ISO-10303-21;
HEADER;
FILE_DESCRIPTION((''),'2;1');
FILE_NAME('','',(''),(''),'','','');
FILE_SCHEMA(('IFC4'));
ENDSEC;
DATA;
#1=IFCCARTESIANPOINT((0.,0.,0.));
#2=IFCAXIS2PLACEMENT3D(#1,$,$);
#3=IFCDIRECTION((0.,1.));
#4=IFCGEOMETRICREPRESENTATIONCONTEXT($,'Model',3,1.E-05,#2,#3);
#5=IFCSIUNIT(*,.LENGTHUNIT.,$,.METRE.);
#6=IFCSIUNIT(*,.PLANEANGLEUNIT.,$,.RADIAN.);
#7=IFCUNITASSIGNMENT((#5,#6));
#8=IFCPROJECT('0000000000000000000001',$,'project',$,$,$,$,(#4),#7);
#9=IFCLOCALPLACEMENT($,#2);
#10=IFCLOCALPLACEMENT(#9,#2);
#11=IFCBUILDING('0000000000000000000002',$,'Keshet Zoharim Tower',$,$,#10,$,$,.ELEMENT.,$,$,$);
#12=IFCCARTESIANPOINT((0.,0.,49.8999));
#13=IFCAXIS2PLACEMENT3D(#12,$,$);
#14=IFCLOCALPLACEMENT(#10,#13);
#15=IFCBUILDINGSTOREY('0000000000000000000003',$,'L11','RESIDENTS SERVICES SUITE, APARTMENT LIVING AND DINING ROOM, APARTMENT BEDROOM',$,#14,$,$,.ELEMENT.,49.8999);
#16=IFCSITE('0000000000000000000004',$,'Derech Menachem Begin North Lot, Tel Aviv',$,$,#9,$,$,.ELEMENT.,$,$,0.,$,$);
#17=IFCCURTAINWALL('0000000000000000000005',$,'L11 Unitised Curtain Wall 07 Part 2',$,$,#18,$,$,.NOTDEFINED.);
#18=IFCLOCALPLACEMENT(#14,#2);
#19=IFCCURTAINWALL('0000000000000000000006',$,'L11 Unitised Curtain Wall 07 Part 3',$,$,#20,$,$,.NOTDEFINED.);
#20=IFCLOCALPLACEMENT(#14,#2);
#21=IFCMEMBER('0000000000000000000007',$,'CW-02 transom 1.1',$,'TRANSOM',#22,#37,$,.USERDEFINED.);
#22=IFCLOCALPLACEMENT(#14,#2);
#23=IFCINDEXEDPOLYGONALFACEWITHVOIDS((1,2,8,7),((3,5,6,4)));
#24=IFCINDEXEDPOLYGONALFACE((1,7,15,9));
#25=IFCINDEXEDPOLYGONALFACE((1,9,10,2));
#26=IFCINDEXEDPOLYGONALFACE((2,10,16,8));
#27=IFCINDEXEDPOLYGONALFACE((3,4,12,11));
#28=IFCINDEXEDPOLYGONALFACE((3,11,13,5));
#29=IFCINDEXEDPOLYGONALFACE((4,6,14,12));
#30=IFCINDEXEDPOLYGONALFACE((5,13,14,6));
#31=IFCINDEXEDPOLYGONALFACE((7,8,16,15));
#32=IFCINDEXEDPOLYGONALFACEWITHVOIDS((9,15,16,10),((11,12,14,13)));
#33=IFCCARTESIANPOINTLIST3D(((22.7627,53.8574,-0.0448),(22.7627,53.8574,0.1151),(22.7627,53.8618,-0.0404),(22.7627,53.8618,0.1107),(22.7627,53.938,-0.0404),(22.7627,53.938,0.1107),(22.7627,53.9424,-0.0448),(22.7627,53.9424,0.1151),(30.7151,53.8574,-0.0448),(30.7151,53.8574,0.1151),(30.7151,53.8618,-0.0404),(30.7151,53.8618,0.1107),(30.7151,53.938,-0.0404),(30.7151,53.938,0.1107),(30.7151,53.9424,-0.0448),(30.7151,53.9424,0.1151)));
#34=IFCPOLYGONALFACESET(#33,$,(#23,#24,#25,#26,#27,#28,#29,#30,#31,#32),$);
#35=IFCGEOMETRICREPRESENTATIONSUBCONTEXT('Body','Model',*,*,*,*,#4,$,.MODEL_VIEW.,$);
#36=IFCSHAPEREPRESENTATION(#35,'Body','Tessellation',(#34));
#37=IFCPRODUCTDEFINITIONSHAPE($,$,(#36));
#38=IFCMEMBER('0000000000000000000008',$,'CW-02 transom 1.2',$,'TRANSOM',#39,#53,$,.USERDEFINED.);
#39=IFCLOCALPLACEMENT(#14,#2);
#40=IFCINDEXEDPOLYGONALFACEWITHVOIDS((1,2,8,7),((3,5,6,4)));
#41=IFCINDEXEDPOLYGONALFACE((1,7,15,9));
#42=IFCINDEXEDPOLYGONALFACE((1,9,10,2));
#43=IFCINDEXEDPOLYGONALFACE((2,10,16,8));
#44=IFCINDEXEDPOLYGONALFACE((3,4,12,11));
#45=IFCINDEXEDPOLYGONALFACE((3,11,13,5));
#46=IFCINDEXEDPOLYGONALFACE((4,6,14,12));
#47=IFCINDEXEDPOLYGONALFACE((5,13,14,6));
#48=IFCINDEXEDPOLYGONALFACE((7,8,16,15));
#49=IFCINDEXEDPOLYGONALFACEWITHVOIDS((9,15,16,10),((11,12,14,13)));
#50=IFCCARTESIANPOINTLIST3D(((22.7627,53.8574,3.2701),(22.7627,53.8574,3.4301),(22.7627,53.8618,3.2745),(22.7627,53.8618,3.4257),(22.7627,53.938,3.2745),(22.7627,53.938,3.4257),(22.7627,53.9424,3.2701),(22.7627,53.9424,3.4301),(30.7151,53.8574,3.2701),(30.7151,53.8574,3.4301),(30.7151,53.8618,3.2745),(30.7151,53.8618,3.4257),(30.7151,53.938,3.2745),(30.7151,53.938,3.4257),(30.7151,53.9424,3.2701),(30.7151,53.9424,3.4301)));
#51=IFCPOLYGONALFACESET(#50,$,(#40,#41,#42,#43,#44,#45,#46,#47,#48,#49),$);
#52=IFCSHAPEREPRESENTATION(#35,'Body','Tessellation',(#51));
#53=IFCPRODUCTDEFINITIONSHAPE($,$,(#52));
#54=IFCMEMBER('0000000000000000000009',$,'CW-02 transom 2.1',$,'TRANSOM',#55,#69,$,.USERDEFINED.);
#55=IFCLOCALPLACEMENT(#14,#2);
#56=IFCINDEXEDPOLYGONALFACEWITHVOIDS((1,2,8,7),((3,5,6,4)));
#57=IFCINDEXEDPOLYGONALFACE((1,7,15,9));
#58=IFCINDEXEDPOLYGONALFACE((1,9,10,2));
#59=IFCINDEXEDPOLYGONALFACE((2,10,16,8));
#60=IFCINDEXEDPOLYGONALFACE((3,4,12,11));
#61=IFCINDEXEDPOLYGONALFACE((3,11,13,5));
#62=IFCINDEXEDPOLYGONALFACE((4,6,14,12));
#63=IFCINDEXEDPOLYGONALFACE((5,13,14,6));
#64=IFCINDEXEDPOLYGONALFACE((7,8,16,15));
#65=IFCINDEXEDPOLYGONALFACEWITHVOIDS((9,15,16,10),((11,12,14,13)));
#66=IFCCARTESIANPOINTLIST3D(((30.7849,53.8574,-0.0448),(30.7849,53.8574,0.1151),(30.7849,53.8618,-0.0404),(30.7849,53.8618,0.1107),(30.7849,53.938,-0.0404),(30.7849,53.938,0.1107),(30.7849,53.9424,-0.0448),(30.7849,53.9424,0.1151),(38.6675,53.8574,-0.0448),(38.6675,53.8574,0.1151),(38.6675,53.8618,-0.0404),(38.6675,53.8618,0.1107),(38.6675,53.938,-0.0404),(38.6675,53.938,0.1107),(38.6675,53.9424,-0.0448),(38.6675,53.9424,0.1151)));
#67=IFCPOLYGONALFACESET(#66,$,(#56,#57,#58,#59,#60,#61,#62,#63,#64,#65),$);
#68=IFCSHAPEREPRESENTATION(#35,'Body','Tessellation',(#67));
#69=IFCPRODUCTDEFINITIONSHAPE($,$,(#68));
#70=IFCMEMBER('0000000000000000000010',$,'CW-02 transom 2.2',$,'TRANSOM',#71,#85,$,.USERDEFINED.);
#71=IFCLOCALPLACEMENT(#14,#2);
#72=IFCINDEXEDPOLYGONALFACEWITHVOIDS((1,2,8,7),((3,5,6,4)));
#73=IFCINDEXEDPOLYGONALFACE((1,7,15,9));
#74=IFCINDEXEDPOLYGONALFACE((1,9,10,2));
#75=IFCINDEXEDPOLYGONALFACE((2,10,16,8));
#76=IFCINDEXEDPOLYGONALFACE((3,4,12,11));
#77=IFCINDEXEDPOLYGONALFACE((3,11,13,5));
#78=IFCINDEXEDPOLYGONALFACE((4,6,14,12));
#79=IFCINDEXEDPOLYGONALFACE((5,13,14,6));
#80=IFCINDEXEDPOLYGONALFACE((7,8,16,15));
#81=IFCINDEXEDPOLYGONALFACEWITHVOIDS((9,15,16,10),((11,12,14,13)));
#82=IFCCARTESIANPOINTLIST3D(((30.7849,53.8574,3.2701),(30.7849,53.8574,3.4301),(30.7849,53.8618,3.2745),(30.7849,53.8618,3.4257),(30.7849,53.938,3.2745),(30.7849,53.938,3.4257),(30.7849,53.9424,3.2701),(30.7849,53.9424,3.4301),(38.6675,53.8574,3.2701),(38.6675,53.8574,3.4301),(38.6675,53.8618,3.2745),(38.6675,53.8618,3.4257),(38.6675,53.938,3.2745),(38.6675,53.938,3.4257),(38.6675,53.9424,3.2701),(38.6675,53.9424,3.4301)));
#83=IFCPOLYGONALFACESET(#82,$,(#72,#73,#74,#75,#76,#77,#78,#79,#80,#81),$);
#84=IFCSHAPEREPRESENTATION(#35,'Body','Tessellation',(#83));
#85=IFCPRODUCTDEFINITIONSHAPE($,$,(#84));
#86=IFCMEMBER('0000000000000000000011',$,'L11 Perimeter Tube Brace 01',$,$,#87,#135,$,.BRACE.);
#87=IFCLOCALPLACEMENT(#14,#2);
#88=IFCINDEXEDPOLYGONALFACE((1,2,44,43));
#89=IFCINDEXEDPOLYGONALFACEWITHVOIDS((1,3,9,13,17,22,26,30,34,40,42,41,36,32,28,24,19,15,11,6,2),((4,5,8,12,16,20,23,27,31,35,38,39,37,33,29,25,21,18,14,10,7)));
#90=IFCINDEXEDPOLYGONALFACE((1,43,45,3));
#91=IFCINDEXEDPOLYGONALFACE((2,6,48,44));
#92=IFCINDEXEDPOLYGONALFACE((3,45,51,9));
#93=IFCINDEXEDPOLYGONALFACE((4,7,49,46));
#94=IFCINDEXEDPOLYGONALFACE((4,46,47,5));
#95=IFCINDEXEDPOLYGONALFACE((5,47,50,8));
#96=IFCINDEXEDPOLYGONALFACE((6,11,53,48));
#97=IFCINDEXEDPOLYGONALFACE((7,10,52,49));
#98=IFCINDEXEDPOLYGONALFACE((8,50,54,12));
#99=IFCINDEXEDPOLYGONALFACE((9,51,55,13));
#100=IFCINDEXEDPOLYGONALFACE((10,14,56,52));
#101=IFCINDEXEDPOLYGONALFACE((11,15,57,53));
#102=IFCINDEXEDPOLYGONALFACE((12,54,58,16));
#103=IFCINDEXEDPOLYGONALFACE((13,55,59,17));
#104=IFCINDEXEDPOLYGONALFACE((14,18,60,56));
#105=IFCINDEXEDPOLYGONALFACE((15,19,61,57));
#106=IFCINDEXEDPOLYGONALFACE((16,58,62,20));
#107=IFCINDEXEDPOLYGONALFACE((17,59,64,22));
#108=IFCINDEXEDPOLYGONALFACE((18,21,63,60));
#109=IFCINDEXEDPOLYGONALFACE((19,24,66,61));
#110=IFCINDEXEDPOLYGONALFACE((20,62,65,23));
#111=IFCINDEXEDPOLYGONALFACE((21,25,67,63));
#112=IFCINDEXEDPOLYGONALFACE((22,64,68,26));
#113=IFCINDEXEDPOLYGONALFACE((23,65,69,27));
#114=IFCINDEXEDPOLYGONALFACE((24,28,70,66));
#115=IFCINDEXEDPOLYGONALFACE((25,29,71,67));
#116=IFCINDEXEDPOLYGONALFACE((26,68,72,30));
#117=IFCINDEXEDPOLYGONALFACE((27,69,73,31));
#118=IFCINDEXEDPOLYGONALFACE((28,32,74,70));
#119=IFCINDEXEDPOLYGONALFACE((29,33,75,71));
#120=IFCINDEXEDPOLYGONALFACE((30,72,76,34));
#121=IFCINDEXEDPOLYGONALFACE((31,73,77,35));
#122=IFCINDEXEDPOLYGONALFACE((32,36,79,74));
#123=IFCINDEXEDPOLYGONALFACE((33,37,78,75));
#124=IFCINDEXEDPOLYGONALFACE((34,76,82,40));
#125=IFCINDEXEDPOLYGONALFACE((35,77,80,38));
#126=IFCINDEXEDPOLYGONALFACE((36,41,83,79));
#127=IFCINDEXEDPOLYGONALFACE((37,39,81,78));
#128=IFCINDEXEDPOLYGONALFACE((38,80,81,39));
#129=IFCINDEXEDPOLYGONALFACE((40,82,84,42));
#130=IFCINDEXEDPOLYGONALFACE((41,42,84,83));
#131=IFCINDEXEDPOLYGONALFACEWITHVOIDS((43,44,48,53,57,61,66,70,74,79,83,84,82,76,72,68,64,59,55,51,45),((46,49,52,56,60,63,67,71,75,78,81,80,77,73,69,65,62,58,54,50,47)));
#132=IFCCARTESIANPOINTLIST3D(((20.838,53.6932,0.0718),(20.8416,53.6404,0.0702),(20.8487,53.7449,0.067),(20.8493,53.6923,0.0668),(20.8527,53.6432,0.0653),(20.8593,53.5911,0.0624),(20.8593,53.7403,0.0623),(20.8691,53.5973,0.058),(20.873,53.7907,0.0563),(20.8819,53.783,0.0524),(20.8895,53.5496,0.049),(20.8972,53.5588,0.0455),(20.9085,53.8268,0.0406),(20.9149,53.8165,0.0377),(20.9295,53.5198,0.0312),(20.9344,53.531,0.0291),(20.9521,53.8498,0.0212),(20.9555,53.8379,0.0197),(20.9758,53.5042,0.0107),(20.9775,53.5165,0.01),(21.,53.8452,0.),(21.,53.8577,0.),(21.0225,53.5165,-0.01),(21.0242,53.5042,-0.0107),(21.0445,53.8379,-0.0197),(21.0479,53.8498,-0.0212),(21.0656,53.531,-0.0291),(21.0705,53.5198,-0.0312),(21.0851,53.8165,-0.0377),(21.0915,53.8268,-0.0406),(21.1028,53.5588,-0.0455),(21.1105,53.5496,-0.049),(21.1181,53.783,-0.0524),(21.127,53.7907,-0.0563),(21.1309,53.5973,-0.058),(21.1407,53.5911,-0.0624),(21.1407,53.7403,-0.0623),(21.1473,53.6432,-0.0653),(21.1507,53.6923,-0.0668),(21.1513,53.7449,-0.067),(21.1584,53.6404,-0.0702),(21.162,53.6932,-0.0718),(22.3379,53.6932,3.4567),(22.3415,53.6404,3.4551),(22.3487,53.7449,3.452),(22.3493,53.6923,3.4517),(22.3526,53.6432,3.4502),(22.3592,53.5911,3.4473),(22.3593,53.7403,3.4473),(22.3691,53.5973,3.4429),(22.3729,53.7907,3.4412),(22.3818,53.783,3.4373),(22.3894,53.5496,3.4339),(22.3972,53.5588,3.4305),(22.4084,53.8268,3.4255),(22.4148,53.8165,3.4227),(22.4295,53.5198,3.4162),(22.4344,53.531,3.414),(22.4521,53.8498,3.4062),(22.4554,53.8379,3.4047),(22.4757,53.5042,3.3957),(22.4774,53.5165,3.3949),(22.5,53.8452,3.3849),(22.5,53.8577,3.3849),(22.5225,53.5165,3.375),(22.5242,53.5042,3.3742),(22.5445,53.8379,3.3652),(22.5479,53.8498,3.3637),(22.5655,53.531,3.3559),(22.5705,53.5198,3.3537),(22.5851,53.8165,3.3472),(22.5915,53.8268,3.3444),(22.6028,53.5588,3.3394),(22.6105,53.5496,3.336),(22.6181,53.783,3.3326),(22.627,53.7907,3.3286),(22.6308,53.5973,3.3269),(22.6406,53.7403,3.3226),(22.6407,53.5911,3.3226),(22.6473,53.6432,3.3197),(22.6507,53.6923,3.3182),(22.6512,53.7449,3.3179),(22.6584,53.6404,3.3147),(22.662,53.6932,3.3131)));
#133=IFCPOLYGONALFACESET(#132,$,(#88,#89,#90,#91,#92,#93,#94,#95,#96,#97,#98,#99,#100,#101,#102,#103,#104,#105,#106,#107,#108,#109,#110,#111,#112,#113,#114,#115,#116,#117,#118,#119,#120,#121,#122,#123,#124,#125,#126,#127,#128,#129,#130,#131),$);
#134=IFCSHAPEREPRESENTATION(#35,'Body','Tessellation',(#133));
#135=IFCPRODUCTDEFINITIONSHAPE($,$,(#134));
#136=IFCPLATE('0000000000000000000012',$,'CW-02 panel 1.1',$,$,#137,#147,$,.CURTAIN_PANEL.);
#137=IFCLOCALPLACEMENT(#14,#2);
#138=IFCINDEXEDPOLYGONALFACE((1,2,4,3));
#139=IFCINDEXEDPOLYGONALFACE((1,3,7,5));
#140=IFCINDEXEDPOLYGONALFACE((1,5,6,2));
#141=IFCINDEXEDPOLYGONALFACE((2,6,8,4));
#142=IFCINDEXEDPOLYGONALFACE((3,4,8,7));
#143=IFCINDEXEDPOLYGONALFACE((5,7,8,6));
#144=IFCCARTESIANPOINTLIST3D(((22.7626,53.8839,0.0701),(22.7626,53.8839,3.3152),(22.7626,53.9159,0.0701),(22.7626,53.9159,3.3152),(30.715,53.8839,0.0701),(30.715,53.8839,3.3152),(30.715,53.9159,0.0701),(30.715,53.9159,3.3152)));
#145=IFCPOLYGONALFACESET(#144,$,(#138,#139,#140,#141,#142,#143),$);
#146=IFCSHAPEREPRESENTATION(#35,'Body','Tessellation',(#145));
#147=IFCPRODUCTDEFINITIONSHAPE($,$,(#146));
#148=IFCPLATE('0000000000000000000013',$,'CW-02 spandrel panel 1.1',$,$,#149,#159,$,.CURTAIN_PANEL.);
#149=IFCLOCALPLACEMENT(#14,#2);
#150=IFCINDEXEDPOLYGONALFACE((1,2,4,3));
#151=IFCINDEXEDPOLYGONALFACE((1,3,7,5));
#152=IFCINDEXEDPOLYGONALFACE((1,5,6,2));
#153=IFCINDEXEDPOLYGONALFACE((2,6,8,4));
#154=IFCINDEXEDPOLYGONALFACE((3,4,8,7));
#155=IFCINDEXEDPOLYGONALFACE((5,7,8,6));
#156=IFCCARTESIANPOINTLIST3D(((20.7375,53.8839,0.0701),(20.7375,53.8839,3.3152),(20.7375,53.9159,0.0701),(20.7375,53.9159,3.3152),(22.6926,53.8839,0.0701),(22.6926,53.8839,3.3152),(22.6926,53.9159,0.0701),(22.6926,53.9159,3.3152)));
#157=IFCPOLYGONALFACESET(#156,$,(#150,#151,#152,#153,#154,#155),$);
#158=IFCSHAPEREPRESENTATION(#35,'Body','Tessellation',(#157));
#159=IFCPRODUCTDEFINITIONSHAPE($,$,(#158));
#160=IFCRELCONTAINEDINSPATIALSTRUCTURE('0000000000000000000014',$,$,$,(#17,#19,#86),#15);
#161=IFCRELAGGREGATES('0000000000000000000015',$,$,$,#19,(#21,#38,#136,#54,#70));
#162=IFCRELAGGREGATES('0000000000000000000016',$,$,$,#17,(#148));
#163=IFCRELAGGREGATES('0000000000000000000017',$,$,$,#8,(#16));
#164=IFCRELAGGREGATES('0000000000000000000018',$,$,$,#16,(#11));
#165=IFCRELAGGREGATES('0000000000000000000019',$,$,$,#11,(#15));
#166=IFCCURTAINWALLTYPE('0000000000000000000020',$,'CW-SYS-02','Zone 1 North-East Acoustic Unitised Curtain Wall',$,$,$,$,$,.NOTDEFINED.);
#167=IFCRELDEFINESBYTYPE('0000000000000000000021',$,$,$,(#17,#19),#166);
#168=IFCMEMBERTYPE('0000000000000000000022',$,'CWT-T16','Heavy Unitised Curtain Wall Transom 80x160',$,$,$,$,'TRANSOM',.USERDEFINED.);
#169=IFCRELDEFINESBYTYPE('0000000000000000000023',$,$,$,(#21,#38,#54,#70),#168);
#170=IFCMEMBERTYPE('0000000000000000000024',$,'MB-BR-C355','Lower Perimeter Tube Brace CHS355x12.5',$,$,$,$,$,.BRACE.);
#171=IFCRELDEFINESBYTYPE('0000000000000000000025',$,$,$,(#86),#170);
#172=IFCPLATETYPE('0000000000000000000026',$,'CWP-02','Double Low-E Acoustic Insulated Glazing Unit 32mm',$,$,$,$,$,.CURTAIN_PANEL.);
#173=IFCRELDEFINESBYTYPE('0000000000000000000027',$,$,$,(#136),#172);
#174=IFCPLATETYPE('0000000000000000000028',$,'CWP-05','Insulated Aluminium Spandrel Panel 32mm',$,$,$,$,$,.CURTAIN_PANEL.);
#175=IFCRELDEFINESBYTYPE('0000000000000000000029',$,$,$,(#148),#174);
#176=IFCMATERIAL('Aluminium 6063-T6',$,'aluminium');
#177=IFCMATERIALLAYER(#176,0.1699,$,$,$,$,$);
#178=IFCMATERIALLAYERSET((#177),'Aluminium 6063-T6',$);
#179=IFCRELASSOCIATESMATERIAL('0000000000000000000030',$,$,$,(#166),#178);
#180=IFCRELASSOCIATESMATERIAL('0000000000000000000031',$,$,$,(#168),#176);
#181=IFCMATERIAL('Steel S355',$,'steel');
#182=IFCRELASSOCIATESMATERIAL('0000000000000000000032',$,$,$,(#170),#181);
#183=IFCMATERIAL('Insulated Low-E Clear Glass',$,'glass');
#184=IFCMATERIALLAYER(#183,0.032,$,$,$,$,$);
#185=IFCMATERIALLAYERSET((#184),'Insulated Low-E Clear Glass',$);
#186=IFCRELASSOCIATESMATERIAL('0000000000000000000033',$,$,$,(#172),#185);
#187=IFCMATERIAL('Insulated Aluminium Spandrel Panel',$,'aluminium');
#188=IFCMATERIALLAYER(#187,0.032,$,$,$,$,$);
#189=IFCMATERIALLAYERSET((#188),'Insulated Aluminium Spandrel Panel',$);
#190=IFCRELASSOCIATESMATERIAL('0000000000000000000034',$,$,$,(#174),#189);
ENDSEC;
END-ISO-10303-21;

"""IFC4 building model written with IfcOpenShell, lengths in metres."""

from ifc_helpers import new_model, si_unit, direction, frame, origin, origin_2d, place, context, subcontext, project, spatial, rectangle, hollow_rectangle, hollow_circle, extrude, material, layer, layer_set, material_profile, profile_set, type_object, element, aggregate, save


model = new_model("IFC4")

# Units and contexts
model_context = context("Model", 3, precision=1e-05, world=origin(), true_north=direction((0.0, 1.0)))
body_context = subcontext(model_context, "Body", "Model", "MODEL_VIEW")
ifc_project = project(units=[si_unit("LENGTHUNIT", "METRE"), si_unit("PLANEANGLEUNIT", "RADIAN")], contexts=[model_context])

# Site, building, storey
site_placement = place(None, origin())
site = spatial("IfcSite", under=ifc_project, at=site_placement, Name="Derech Menachem Begin North Lot, Tel Aviv", CompositionType="ELEMENT", RefElevation=0.0)
building_placement = place(site_placement, origin())
building = spatial("IfcBuilding", under=site, at=building_placement, Name="Keshet Zoharim Tower", CompositionType="ELEMENT")
storey_placement = place(building_placement, frame((0.0, 0.0, 49.8999)))
storey = spatial("IfcBuildingStorey", under=building, at=storey_placement, Name="L11", Description="RESIDENTS SERVICES SUITE, APARTMENT LIVING AND DINING ROOM, APARTMENT BEDROOM", CompositionType="ELEMENT", Elevation=49.8999)

# Shared definitions
ifc_material_1 = material(Name="Steel S355", Category="steel")

# Curtain walls
ifc_material_2 = material(Name="Aluminium 6063-T6", Category="aluminium")
ifc_layer_1 = layer(ifc_material_2, 0.1699)
ifc_layer_set_1 = layer_set([ifc_layer_1], Name="Aluminium 6063-T6")
curtain_wall_type = type_object("IfcCurtainWallType", Name="CW-SYS-02", Description="Zone 1 North-East Acoustic Unitised Curtain Wall", PredefinedType="NOTDEFINED", material=ifc_layer_set_1)
curtain_wall_1_placement = place(storey_placement, origin())
curtain_wall_1 = element("IfcCurtainWall", 1, at=curtain_wall_1_placement, inside=storey, type_object=curtain_wall_type, Name="L11 Unitised Curtain Wall 07 Part 2", PredefinedType="NOTDEFINED")
curtain_wall_2_placement = place(storey_placement, origin())
curtain_wall_2 = element("IfcCurtainWall", 2, at=curtain_wall_2_placement, inside=storey, type_object=curtain_wall_type, Name="L11 Unitised Curtain Wall 07 Part 3", PredefinedType="NOTDEFINED")

# Members
ifc_material_profile_1 = material_profile(ifc_material_2, hollow_rectangle(XDim=0.085, YDim=0.1599, WallThickness=0.0044, at=origin_2d()), Name="TRN-85x160")
ifc_profile_set_1 = profile_set([ifc_material_profile_1], Name="Aluminium 6063-T6")
member_type_1 = type_object("IfcMemberType", Name="CWT-T16", Description="Heavy Unitised Curtain Wall Transom 80x160", ElementType="TRANSOM", PredefinedType="USERDEFINED", material=ifc_profile_set_1)
member_1_placement = place(storey_placement, frame((22.7627, 53.8999, 0.0352), z_axis=(1.0, 0.0, 0.0), x_axis=(0.0, 1.0, 0.0)))
member_1 = element("IfcMember", 3, at=member_1_placement, type_object=member_type_1, Name="CW-02 transom 1.1", ObjectType="TRANSOM", PredefinedType="USERDEFINED", context=body_context, shape_type="SweptSolid", body=[
    extrude(hollow_rectangle(XDim=0.085, YDim=0.1599, WallThickness=0.0044, at=origin_2d()), origin(), (0.0, 0.0, 1.0), 7.9524),
])
member_2_placement = place(storey_placement, frame((22.7627, 53.8999, 3.3501), z_axis=(1.0, 0.0, 0.0), x_axis=(0.0, 1.0, 0.0)))
member_2 = element("IfcMember", 4, at=member_2_placement, type_object=member_type_1, Name="CW-02 transom 1.2", ObjectType="TRANSOM", PredefinedType="USERDEFINED", context=body_context, shape_type="SweptSolid", body=[
    extrude(hollow_rectangle(XDim=0.085, YDim=0.1599, WallThickness=0.0044, at=origin_2d()), origin(), (0.0, 0.0, 1.0), 7.9524),
])
member_3_placement = place(storey_placement, frame((30.7849, 53.8999, 0.0352), z_axis=(1.0, 0.0, 0.0), x_axis=(0.0, 1.0, 0.0)))
member_3 = element("IfcMember", 5, at=member_3_placement, type_object=member_type_1, Name="CW-02 transom 2.1", ObjectType="TRANSOM", PredefinedType="USERDEFINED", context=body_context, shape_type="SweptSolid", body=[
    extrude(hollow_rectangle(XDim=0.085, YDim=0.1599, WallThickness=0.0044, at=origin_2d()), origin(), (0.0, 0.0, 1.0), 7.8826),
])
member_4_placement = place(storey_placement, frame((30.7849, 53.8999, 3.3501), z_axis=(1.0, 0.0, 0.0), x_axis=(0.0, 1.0, 0.0)))
member_4 = element("IfcMember", 6, at=member_4_placement, type_object=member_type_1, Name="CW-02 transom 2.2", ObjectType="TRANSOM", PredefinedType="USERDEFINED", context=body_context, shape_type="SweptSolid", body=[
    extrude(hollow_rectangle(XDim=0.085, YDim=0.1599, WallThickness=0.0044, at=origin_2d()), origin(), (0.0, 0.0, 1.0), 7.8826),
])
ifc_material_profile_2 = material_profile(ifc_material_1, hollow_circle(Radius=0.1777, WallThickness=0.0125, at=origin_2d()), Name="CHS355x12.5")
ifc_profile_set_2 = profile_set([ifc_material_profile_2], Name="Steel S355")
member_type_2 = type_object("IfcMemberType", Name="MB-BR-C355", Description="Lower Perimeter Tube Brace CHS355x12.5", PredefinedType="BRACE", material=ifc_profile_set_2)
member_5_placement = place(storey_placement, frame((21.0, 53.6799, 0.0), z_axis=(0.405135, 0.0, 0.914257), x_axis=(0.0, 1.0, 0.0)))
element("IfcMember", 7, at=member_5_placement, inside=storey, type_object=member_type_2, Name="L11 Perimeter Tube Brace 01", PredefinedType="BRACE", context=body_context, shape_type="SweptSolid", body=[
    extrude(hollow_circle(Radius=0.1777, WallThickness=0.0125, at=origin_2d()), origin(), (0.0, 0.0, 1.0), 3.7024),
])

# Plates
ifc_material_3 = material(Name="Insulated Low-E Clear Glass", Category="glass")
ifc_layer_2 = layer(ifc_material_3, 0.032)
ifc_layer_set_2 = layer_set([ifc_layer_2], Name="Insulated Low-E Clear Glass")
plate_type_1 = type_object("IfcPlateType", Name="CWP-02", Description="Double Low-E Acoustic Insulated Glazing Unit 32mm", PredefinedType="CURTAIN_PANEL", material=ifc_layer_set_2)
plate_1_placement = place(storey_placement, frame((26.7388, 53.8999, 0.0701), z_axis=(0.0, 0.0, 1.0), x_axis=(1.0, 0.0, 0.0)))
plate_1 = element("IfcPlate", 8, at=plate_1_placement, type_object=plate_type_1, Name="CW-02 panel 1.1", PredefinedType="CURTAIN_PANEL", context=body_context, shape_type="SweptSolid", body=[
    extrude(rectangle(XDim=7.9524, YDim=0.032, at=origin_2d()), origin(), (0.0, 0.0, 1.0), 3.2451),
])
aggregate(curtain_wall_2, [member_1, member_2, plate_1, member_3, member_4])
ifc_material_4 = material(Name="Insulated Aluminium Spandrel Panel", Category="aluminium")
ifc_layer_3 = layer(ifc_material_4, 0.032)
ifc_layer_set_3 = layer_set([ifc_layer_3], Name="Insulated Aluminium Spandrel Panel")
plate_type_2 = type_object("IfcPlateType", Name="CWP-05", Description="Insulated Aluminium Spandrel Panel 32mm", PredefinedType="CURTAIN_PANEL", material=ifc_layer_set_3)
plate_2_placement = place(storey_placement, frame((21.7151, 53.8999, 0.0701), z_axis=(0.0, 0.0, 1.0), x_axis=(1.0, 0.0, 0.0)))
plate_2 = element("IfcPlate", 9, at=plate_2_placement, type_object=plate_type_2, Name="CW-02 spandrel panel 1.1", PredefinedType="CURTAIN_PANEL", context=body_context, shape_type="SweptSolid", body=[
    extrude(rectangle(XDim=1.9551, YDim=0.032, at=origin_2d()), origin(), (0.0, 0.0, 1.0), 3.2451),
])
aggregate(curtain_wall_1, [plate_2])

save(model, "model.ifc")
